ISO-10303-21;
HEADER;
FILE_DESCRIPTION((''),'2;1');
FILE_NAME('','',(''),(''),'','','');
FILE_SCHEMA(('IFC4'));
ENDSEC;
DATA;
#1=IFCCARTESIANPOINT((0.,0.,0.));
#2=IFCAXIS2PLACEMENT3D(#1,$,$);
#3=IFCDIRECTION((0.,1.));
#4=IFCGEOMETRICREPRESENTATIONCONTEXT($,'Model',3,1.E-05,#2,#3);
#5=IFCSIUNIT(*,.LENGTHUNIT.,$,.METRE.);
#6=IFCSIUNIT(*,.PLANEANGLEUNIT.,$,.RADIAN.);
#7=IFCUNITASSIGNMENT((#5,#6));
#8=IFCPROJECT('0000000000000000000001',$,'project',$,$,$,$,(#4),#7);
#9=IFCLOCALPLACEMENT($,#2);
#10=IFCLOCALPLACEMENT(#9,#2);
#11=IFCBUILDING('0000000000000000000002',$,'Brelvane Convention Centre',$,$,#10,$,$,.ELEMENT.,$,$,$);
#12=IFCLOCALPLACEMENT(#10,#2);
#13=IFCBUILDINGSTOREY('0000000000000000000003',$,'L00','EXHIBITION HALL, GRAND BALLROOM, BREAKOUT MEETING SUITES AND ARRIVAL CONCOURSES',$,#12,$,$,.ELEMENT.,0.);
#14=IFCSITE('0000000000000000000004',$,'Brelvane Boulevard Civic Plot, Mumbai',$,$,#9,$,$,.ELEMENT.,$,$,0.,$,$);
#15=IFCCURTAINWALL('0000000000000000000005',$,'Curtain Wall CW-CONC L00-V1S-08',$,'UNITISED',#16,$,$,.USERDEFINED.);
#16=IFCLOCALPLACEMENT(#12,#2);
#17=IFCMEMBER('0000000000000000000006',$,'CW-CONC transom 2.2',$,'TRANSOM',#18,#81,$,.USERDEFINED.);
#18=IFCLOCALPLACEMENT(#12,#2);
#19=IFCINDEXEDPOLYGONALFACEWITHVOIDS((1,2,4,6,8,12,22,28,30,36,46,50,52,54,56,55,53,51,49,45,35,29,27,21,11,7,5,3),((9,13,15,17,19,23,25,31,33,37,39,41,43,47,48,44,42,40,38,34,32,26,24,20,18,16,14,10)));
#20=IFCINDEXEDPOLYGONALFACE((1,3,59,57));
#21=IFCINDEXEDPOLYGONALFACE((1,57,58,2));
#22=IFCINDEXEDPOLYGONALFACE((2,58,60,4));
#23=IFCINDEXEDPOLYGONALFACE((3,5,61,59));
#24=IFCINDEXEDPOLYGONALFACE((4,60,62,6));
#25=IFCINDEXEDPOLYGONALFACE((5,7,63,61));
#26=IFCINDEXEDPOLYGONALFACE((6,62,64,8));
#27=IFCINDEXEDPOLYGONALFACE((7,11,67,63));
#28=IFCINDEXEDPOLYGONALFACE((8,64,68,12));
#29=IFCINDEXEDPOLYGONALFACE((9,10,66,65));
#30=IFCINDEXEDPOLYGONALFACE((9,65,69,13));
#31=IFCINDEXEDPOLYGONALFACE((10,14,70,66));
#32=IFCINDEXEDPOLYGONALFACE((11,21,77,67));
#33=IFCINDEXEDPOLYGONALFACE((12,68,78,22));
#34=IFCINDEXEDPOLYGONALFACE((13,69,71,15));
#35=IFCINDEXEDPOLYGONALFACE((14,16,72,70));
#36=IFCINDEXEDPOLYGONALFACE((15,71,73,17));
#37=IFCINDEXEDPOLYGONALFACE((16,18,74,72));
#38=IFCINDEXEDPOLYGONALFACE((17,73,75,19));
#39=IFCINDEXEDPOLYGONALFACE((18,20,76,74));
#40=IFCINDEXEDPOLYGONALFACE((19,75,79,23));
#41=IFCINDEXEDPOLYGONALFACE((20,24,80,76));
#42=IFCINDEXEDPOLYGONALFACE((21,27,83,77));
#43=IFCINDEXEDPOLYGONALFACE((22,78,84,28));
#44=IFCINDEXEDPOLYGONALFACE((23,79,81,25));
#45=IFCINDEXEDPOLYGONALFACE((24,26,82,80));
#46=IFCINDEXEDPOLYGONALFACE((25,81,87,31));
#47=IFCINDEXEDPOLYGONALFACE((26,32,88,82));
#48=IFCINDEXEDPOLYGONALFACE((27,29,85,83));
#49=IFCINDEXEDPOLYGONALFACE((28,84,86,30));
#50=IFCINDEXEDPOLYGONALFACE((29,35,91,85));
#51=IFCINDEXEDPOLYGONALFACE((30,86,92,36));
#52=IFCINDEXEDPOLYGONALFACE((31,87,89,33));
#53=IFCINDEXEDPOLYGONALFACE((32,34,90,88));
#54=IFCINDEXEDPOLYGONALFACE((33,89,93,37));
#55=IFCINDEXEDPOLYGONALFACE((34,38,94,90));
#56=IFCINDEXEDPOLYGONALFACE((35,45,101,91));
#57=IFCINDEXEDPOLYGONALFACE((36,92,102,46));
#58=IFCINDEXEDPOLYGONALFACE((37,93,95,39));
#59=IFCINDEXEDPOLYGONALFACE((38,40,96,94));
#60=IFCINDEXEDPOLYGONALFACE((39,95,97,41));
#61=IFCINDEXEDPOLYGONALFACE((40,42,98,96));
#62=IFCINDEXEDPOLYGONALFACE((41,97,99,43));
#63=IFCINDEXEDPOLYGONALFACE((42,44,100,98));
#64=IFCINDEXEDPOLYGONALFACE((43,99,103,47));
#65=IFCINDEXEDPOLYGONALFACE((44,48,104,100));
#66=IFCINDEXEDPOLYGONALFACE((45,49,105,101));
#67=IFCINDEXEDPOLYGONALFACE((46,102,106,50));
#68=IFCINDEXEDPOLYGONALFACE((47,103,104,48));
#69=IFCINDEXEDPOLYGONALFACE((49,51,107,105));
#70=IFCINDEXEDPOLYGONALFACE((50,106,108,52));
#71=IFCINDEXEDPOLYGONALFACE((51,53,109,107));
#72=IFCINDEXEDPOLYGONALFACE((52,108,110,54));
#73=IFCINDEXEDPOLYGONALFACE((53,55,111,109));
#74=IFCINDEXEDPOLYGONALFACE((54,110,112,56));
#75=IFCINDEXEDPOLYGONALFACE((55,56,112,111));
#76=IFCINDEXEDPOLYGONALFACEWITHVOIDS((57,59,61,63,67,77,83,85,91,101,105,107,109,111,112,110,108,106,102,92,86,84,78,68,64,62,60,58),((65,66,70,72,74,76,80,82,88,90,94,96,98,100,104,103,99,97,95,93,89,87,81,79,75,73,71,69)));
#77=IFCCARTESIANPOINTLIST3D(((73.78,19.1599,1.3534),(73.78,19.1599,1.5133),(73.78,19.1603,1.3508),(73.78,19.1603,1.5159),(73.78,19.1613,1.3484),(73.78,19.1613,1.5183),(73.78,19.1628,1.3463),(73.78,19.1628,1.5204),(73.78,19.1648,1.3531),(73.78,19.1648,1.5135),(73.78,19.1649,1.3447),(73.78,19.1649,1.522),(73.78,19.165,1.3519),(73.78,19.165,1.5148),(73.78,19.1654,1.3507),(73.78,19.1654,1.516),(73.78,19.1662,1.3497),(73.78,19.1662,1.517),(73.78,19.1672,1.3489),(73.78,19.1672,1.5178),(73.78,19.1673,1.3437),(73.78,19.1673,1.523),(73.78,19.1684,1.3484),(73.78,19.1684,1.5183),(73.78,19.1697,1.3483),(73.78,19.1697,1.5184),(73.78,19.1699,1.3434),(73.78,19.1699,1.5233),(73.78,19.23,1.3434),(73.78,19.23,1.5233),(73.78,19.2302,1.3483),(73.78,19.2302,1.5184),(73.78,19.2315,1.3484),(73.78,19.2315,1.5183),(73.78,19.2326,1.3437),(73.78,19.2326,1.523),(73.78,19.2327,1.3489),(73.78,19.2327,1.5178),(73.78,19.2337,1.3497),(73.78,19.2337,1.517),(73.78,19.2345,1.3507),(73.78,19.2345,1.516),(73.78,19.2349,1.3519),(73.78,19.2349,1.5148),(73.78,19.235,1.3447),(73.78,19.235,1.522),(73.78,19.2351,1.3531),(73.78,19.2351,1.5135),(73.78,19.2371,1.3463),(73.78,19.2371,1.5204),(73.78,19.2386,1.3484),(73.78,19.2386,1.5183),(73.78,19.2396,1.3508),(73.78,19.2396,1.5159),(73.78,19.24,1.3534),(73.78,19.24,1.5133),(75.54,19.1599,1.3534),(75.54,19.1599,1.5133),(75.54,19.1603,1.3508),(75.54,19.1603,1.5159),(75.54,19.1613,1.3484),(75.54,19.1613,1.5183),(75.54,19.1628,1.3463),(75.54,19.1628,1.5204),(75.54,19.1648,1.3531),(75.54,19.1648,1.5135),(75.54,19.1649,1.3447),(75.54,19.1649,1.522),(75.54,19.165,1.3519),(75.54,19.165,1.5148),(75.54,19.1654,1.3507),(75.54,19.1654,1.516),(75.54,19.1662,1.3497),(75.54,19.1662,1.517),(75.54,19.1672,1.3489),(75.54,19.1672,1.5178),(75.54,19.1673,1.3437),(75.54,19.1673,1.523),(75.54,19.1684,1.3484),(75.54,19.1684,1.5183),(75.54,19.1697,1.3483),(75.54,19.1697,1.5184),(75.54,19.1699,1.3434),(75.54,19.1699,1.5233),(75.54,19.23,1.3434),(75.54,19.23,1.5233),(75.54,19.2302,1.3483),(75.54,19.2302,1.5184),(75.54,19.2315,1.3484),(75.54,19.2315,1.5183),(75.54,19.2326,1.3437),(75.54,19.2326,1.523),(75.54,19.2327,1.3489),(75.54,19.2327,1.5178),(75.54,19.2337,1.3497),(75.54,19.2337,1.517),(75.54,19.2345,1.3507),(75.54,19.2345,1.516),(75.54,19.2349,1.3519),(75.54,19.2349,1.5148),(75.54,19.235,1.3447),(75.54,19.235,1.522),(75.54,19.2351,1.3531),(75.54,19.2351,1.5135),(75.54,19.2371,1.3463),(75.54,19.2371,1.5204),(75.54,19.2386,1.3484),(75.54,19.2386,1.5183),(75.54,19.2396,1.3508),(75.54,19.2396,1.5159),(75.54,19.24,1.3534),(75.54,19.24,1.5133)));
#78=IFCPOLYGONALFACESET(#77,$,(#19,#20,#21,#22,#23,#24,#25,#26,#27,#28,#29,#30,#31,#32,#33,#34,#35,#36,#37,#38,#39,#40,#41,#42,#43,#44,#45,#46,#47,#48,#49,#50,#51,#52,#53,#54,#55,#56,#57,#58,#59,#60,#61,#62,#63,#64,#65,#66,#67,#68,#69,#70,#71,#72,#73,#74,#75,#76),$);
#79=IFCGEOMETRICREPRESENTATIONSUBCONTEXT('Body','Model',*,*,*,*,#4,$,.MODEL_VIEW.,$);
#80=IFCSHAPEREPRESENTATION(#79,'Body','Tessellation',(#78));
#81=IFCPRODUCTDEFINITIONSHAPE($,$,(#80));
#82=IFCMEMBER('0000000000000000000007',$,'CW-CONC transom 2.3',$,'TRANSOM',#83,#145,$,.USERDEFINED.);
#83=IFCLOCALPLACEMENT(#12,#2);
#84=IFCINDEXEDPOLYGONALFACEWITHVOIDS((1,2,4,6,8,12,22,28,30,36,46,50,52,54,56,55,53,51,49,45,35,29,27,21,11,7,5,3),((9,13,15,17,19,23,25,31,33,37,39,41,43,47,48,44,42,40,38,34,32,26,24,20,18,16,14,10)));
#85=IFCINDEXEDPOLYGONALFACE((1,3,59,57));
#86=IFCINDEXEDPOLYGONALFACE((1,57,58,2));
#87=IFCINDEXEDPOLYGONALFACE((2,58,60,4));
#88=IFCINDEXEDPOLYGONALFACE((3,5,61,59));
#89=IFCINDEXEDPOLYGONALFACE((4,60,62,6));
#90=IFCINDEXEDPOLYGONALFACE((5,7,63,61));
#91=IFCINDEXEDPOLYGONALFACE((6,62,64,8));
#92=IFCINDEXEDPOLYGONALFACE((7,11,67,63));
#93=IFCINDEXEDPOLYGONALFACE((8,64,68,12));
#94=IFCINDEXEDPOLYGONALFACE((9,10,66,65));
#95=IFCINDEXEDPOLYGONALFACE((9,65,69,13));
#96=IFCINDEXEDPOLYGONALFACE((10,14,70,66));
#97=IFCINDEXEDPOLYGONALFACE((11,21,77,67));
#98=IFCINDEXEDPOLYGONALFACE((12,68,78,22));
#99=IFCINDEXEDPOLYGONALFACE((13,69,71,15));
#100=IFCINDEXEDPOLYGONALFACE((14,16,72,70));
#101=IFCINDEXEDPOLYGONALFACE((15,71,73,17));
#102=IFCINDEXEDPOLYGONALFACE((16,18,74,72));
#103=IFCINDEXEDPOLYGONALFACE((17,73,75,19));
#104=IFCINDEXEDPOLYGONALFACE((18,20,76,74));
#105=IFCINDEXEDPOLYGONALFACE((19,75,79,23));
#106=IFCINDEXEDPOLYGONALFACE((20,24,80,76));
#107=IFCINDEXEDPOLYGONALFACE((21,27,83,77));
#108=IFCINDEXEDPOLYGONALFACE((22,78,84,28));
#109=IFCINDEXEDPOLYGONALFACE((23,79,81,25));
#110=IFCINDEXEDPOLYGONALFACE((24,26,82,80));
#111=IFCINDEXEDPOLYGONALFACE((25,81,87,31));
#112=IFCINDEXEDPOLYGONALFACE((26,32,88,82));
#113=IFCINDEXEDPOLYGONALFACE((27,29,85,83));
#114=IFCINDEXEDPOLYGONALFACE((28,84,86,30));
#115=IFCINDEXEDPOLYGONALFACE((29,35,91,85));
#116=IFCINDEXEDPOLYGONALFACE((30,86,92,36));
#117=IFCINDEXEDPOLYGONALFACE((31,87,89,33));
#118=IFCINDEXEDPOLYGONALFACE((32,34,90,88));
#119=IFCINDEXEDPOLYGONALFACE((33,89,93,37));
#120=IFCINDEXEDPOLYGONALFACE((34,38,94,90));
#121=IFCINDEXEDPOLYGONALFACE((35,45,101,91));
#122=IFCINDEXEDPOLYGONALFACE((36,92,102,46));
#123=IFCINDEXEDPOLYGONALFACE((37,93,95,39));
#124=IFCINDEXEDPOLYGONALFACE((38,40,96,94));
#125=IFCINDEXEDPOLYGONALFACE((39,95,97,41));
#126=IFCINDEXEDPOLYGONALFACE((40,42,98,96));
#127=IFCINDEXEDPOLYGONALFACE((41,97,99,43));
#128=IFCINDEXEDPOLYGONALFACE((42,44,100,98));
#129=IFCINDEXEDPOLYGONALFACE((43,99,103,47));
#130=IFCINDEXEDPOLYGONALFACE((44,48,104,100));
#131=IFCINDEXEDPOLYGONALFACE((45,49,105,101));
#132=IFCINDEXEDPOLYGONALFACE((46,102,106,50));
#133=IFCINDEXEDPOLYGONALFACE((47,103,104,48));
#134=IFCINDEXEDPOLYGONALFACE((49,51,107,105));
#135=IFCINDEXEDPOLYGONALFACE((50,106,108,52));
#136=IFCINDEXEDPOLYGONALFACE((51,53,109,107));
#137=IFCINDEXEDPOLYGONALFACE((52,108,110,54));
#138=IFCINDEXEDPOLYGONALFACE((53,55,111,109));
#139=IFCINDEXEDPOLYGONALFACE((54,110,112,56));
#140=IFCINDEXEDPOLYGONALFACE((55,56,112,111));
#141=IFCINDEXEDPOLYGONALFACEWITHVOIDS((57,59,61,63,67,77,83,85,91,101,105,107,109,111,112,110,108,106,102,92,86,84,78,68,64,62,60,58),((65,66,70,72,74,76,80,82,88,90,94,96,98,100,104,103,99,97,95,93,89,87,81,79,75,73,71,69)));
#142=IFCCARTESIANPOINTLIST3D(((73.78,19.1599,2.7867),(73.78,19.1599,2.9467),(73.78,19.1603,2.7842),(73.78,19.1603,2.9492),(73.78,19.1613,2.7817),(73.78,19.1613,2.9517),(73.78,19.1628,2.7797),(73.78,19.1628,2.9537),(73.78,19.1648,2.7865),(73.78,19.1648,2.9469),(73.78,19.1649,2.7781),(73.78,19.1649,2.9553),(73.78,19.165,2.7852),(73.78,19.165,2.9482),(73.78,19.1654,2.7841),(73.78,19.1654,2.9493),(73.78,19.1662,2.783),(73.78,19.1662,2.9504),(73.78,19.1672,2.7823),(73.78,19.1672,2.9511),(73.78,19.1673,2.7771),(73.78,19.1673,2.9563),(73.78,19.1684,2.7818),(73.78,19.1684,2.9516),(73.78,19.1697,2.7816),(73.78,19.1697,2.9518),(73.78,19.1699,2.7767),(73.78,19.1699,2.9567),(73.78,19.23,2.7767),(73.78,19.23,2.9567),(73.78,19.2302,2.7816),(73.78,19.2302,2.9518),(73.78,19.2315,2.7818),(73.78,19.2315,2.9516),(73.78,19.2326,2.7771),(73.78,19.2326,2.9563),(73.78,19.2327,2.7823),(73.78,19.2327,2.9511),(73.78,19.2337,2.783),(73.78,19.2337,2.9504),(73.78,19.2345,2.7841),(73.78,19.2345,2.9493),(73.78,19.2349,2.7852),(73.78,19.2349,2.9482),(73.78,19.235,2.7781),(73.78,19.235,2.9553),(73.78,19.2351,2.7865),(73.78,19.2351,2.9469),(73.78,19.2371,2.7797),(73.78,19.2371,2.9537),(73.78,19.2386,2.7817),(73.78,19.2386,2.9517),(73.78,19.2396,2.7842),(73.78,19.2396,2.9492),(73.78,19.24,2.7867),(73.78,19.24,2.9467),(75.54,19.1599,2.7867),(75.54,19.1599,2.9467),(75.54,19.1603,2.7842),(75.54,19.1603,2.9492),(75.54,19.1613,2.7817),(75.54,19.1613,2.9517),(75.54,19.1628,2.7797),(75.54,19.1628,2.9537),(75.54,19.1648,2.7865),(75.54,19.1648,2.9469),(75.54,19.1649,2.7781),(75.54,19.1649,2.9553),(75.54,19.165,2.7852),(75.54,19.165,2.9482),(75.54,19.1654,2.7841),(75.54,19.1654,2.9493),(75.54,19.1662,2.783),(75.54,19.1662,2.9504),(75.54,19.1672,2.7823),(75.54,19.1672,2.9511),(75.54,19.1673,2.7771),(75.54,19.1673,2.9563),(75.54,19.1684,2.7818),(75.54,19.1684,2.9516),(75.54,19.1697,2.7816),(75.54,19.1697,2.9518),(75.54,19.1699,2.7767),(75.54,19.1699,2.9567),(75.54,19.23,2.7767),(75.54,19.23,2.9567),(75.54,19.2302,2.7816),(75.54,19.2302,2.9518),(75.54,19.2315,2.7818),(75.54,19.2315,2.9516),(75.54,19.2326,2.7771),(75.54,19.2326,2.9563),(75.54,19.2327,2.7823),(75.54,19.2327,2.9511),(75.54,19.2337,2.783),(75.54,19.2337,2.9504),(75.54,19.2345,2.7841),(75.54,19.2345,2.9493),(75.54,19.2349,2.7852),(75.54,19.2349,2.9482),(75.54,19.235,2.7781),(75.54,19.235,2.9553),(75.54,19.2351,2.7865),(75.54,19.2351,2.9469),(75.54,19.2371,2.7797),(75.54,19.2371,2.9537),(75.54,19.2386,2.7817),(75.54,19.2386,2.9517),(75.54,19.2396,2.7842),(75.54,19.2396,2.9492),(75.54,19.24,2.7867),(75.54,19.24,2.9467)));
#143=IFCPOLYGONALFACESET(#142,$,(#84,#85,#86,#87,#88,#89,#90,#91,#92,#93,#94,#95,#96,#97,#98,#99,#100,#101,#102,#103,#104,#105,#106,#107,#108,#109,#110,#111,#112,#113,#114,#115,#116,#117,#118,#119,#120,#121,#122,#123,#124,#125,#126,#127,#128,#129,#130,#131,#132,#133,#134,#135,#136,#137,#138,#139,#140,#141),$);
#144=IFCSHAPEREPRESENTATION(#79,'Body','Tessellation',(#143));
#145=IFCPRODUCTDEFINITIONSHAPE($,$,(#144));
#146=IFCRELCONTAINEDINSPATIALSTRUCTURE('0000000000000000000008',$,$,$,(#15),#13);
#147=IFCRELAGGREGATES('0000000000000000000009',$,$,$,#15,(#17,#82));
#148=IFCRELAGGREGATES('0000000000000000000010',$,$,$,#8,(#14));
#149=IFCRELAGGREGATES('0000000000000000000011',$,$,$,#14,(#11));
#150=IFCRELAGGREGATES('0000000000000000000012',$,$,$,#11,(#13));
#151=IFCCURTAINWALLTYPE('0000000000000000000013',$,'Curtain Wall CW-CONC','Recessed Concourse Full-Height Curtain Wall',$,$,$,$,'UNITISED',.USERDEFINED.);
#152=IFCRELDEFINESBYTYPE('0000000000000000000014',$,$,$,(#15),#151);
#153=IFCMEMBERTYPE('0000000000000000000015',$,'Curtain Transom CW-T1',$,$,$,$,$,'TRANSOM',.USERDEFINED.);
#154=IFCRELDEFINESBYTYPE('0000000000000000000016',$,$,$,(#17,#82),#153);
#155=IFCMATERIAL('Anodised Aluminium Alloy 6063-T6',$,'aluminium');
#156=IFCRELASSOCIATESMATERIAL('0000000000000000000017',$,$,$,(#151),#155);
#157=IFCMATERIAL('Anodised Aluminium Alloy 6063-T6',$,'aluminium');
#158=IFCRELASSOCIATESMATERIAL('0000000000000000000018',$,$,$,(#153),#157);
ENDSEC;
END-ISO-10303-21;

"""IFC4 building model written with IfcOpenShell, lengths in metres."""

from ifc_helpers import new_model, si_unit, direction, frame, origin, origin_2d, place, context, subcontext, project, spatial, hollow_rectangle, extrude, material, material_profile, profile_set, type_object, element, aggregate, save


model = new_model("IFC4")

# Units and contexts
model_context = context("Model", 3, precision=1e-05, world=origin(), true_north=direction((0.0, 1.0)))
body_context = subcontext(model_context, "Body", "Model", "MODEL_VIEW")
ifc_project = project(units=[si_unit("LENGTHUNIT", "METRE"), si_unit("PLANEANGLEUNIT", "RADIAN")], contexts=[model_context])

# Site, building, storey
site_placement = place(None, origin())
site = spatial("IfcSite", under=ifc_project, at=site_placement, Name="Brelvane Boulevard Civic Plot, Mumbai", CompositionType="ELEMENT", RefElevation=0.0)
building_placement = place(site_placement, origin())
building = spatial("IfcBuilding", under=site, at=building_placement, Name="Brelvane Convention Centre", CompositionType="ELEMENT")
storey_placement = place(building_placement, origin())
storey = spatial("IfcBuildingStorey", under=building, at=storey_placement, Name="L00", Description="EXHIBITION HALL, GRAND BALLROOM, BREAKOUT MEETING SUITES AND ARRIVAL CONCOURSES", CompositionType="ELEMENT", Elevation=0.0)

# Curtain wall, members
ifc_material_1 = material(Name="Anodised Aluminium Alloy 6063-T6", Category="aluminium")
curtain_wall_type = type_object("IfcCurtainWallType", Name="Curtain Wall CW-CONC", Description="Recessed Concourse Full-Height Curtain Wall", ElementType="UNITISED", PredefinedType="USERDEFINED", material=ifc_material_1)
curtain_wall_placement = place(storey_placement, origin())
curtain_wall = element("IfcCurtainWall", 1, at=curtain_wall_placement, inside=storey, type_object=curtain_wall_type, Name="Curtain Wall CW-CONC L00-V1S-08", ObjectType="UNITISED", PredefinedType="USERDEFINED")
ifc_material_2 = material(Name="Anodised Aluminium Alloy 6063-T6", Category="aluminium")
ifc_material_profile_1 = material_profile(ifc_material_2, hollow_rectangle(XDim=0.0801, YDim=0.1799, WallThickness=0.0049, InnerFilletRadius=0.0049, OuterFilletRadius=0.01, at=origin_2d()), Name="ALU-T 180x80x5.0")
ifc_profile_set_1 = profile_set([ifc_material_profile_1], Name="Anodised Aluminium Alloy 6063-T6")
member_type_1 = type_object("IfcMemberType", Name="Curtain Transom CW-T1", ElementType="TRANSOM", PredefinedType="USERDEFINED", material=ifc_profile_set_1)
member_1_placement = place(storey_placement, frame((73.78, 19.2, 1.4333), z_axis=(1.0, 0.0, 0.0), x_axis=(0.0, 1.0, 0.0)))
member_1 = element("IfcMember", 2, at=member_1_placement, type_object=member_type_1, Name="CW-CONC transom 2.2", ObjectType="TRANSOM", PredefinedType="USERDEFINED", context=body_context, shape_type="SweptSolid", body=[
    extrude(hollow_rectangle(XDim=0.0801, YDim=0.1799, WallThickness=0.0049, InnerFilletRadius=0.0049, OuterFilletRadius=0.01, at=origin_2d()), origin(), (0.0, 0.0, 1.0), 1.76),
])
member_2_placement = place(storey_placement, frame((73.78, 19.2, 2.8667), z_axis=(1.0, 0.0, 0.0), x_axis=(0.0, 1.0, 0.0)))
member_2 = element("IfcMember", 3, at=member_2_placement, type_object=member_type_1, Name="CW-CONC transom 2.3", ObjectType="TRANSOM", PredefinedType="USERDEFINED", context=body_context, shape_type="SweptSolid", body=[
    extrude(hollow_rectangle(XDim=0.0801, YDim=0.1799, WallThickness=0.0049, InnerFilletRadius=0.0049, OuterFilletRadius=0.01, at=origin_2d()), origin(), (0.0, 0.0, 1.0), 1.76),
])
aggregate(curtain_wall, [member_1, member_2])

save(model, "model.ifc")
